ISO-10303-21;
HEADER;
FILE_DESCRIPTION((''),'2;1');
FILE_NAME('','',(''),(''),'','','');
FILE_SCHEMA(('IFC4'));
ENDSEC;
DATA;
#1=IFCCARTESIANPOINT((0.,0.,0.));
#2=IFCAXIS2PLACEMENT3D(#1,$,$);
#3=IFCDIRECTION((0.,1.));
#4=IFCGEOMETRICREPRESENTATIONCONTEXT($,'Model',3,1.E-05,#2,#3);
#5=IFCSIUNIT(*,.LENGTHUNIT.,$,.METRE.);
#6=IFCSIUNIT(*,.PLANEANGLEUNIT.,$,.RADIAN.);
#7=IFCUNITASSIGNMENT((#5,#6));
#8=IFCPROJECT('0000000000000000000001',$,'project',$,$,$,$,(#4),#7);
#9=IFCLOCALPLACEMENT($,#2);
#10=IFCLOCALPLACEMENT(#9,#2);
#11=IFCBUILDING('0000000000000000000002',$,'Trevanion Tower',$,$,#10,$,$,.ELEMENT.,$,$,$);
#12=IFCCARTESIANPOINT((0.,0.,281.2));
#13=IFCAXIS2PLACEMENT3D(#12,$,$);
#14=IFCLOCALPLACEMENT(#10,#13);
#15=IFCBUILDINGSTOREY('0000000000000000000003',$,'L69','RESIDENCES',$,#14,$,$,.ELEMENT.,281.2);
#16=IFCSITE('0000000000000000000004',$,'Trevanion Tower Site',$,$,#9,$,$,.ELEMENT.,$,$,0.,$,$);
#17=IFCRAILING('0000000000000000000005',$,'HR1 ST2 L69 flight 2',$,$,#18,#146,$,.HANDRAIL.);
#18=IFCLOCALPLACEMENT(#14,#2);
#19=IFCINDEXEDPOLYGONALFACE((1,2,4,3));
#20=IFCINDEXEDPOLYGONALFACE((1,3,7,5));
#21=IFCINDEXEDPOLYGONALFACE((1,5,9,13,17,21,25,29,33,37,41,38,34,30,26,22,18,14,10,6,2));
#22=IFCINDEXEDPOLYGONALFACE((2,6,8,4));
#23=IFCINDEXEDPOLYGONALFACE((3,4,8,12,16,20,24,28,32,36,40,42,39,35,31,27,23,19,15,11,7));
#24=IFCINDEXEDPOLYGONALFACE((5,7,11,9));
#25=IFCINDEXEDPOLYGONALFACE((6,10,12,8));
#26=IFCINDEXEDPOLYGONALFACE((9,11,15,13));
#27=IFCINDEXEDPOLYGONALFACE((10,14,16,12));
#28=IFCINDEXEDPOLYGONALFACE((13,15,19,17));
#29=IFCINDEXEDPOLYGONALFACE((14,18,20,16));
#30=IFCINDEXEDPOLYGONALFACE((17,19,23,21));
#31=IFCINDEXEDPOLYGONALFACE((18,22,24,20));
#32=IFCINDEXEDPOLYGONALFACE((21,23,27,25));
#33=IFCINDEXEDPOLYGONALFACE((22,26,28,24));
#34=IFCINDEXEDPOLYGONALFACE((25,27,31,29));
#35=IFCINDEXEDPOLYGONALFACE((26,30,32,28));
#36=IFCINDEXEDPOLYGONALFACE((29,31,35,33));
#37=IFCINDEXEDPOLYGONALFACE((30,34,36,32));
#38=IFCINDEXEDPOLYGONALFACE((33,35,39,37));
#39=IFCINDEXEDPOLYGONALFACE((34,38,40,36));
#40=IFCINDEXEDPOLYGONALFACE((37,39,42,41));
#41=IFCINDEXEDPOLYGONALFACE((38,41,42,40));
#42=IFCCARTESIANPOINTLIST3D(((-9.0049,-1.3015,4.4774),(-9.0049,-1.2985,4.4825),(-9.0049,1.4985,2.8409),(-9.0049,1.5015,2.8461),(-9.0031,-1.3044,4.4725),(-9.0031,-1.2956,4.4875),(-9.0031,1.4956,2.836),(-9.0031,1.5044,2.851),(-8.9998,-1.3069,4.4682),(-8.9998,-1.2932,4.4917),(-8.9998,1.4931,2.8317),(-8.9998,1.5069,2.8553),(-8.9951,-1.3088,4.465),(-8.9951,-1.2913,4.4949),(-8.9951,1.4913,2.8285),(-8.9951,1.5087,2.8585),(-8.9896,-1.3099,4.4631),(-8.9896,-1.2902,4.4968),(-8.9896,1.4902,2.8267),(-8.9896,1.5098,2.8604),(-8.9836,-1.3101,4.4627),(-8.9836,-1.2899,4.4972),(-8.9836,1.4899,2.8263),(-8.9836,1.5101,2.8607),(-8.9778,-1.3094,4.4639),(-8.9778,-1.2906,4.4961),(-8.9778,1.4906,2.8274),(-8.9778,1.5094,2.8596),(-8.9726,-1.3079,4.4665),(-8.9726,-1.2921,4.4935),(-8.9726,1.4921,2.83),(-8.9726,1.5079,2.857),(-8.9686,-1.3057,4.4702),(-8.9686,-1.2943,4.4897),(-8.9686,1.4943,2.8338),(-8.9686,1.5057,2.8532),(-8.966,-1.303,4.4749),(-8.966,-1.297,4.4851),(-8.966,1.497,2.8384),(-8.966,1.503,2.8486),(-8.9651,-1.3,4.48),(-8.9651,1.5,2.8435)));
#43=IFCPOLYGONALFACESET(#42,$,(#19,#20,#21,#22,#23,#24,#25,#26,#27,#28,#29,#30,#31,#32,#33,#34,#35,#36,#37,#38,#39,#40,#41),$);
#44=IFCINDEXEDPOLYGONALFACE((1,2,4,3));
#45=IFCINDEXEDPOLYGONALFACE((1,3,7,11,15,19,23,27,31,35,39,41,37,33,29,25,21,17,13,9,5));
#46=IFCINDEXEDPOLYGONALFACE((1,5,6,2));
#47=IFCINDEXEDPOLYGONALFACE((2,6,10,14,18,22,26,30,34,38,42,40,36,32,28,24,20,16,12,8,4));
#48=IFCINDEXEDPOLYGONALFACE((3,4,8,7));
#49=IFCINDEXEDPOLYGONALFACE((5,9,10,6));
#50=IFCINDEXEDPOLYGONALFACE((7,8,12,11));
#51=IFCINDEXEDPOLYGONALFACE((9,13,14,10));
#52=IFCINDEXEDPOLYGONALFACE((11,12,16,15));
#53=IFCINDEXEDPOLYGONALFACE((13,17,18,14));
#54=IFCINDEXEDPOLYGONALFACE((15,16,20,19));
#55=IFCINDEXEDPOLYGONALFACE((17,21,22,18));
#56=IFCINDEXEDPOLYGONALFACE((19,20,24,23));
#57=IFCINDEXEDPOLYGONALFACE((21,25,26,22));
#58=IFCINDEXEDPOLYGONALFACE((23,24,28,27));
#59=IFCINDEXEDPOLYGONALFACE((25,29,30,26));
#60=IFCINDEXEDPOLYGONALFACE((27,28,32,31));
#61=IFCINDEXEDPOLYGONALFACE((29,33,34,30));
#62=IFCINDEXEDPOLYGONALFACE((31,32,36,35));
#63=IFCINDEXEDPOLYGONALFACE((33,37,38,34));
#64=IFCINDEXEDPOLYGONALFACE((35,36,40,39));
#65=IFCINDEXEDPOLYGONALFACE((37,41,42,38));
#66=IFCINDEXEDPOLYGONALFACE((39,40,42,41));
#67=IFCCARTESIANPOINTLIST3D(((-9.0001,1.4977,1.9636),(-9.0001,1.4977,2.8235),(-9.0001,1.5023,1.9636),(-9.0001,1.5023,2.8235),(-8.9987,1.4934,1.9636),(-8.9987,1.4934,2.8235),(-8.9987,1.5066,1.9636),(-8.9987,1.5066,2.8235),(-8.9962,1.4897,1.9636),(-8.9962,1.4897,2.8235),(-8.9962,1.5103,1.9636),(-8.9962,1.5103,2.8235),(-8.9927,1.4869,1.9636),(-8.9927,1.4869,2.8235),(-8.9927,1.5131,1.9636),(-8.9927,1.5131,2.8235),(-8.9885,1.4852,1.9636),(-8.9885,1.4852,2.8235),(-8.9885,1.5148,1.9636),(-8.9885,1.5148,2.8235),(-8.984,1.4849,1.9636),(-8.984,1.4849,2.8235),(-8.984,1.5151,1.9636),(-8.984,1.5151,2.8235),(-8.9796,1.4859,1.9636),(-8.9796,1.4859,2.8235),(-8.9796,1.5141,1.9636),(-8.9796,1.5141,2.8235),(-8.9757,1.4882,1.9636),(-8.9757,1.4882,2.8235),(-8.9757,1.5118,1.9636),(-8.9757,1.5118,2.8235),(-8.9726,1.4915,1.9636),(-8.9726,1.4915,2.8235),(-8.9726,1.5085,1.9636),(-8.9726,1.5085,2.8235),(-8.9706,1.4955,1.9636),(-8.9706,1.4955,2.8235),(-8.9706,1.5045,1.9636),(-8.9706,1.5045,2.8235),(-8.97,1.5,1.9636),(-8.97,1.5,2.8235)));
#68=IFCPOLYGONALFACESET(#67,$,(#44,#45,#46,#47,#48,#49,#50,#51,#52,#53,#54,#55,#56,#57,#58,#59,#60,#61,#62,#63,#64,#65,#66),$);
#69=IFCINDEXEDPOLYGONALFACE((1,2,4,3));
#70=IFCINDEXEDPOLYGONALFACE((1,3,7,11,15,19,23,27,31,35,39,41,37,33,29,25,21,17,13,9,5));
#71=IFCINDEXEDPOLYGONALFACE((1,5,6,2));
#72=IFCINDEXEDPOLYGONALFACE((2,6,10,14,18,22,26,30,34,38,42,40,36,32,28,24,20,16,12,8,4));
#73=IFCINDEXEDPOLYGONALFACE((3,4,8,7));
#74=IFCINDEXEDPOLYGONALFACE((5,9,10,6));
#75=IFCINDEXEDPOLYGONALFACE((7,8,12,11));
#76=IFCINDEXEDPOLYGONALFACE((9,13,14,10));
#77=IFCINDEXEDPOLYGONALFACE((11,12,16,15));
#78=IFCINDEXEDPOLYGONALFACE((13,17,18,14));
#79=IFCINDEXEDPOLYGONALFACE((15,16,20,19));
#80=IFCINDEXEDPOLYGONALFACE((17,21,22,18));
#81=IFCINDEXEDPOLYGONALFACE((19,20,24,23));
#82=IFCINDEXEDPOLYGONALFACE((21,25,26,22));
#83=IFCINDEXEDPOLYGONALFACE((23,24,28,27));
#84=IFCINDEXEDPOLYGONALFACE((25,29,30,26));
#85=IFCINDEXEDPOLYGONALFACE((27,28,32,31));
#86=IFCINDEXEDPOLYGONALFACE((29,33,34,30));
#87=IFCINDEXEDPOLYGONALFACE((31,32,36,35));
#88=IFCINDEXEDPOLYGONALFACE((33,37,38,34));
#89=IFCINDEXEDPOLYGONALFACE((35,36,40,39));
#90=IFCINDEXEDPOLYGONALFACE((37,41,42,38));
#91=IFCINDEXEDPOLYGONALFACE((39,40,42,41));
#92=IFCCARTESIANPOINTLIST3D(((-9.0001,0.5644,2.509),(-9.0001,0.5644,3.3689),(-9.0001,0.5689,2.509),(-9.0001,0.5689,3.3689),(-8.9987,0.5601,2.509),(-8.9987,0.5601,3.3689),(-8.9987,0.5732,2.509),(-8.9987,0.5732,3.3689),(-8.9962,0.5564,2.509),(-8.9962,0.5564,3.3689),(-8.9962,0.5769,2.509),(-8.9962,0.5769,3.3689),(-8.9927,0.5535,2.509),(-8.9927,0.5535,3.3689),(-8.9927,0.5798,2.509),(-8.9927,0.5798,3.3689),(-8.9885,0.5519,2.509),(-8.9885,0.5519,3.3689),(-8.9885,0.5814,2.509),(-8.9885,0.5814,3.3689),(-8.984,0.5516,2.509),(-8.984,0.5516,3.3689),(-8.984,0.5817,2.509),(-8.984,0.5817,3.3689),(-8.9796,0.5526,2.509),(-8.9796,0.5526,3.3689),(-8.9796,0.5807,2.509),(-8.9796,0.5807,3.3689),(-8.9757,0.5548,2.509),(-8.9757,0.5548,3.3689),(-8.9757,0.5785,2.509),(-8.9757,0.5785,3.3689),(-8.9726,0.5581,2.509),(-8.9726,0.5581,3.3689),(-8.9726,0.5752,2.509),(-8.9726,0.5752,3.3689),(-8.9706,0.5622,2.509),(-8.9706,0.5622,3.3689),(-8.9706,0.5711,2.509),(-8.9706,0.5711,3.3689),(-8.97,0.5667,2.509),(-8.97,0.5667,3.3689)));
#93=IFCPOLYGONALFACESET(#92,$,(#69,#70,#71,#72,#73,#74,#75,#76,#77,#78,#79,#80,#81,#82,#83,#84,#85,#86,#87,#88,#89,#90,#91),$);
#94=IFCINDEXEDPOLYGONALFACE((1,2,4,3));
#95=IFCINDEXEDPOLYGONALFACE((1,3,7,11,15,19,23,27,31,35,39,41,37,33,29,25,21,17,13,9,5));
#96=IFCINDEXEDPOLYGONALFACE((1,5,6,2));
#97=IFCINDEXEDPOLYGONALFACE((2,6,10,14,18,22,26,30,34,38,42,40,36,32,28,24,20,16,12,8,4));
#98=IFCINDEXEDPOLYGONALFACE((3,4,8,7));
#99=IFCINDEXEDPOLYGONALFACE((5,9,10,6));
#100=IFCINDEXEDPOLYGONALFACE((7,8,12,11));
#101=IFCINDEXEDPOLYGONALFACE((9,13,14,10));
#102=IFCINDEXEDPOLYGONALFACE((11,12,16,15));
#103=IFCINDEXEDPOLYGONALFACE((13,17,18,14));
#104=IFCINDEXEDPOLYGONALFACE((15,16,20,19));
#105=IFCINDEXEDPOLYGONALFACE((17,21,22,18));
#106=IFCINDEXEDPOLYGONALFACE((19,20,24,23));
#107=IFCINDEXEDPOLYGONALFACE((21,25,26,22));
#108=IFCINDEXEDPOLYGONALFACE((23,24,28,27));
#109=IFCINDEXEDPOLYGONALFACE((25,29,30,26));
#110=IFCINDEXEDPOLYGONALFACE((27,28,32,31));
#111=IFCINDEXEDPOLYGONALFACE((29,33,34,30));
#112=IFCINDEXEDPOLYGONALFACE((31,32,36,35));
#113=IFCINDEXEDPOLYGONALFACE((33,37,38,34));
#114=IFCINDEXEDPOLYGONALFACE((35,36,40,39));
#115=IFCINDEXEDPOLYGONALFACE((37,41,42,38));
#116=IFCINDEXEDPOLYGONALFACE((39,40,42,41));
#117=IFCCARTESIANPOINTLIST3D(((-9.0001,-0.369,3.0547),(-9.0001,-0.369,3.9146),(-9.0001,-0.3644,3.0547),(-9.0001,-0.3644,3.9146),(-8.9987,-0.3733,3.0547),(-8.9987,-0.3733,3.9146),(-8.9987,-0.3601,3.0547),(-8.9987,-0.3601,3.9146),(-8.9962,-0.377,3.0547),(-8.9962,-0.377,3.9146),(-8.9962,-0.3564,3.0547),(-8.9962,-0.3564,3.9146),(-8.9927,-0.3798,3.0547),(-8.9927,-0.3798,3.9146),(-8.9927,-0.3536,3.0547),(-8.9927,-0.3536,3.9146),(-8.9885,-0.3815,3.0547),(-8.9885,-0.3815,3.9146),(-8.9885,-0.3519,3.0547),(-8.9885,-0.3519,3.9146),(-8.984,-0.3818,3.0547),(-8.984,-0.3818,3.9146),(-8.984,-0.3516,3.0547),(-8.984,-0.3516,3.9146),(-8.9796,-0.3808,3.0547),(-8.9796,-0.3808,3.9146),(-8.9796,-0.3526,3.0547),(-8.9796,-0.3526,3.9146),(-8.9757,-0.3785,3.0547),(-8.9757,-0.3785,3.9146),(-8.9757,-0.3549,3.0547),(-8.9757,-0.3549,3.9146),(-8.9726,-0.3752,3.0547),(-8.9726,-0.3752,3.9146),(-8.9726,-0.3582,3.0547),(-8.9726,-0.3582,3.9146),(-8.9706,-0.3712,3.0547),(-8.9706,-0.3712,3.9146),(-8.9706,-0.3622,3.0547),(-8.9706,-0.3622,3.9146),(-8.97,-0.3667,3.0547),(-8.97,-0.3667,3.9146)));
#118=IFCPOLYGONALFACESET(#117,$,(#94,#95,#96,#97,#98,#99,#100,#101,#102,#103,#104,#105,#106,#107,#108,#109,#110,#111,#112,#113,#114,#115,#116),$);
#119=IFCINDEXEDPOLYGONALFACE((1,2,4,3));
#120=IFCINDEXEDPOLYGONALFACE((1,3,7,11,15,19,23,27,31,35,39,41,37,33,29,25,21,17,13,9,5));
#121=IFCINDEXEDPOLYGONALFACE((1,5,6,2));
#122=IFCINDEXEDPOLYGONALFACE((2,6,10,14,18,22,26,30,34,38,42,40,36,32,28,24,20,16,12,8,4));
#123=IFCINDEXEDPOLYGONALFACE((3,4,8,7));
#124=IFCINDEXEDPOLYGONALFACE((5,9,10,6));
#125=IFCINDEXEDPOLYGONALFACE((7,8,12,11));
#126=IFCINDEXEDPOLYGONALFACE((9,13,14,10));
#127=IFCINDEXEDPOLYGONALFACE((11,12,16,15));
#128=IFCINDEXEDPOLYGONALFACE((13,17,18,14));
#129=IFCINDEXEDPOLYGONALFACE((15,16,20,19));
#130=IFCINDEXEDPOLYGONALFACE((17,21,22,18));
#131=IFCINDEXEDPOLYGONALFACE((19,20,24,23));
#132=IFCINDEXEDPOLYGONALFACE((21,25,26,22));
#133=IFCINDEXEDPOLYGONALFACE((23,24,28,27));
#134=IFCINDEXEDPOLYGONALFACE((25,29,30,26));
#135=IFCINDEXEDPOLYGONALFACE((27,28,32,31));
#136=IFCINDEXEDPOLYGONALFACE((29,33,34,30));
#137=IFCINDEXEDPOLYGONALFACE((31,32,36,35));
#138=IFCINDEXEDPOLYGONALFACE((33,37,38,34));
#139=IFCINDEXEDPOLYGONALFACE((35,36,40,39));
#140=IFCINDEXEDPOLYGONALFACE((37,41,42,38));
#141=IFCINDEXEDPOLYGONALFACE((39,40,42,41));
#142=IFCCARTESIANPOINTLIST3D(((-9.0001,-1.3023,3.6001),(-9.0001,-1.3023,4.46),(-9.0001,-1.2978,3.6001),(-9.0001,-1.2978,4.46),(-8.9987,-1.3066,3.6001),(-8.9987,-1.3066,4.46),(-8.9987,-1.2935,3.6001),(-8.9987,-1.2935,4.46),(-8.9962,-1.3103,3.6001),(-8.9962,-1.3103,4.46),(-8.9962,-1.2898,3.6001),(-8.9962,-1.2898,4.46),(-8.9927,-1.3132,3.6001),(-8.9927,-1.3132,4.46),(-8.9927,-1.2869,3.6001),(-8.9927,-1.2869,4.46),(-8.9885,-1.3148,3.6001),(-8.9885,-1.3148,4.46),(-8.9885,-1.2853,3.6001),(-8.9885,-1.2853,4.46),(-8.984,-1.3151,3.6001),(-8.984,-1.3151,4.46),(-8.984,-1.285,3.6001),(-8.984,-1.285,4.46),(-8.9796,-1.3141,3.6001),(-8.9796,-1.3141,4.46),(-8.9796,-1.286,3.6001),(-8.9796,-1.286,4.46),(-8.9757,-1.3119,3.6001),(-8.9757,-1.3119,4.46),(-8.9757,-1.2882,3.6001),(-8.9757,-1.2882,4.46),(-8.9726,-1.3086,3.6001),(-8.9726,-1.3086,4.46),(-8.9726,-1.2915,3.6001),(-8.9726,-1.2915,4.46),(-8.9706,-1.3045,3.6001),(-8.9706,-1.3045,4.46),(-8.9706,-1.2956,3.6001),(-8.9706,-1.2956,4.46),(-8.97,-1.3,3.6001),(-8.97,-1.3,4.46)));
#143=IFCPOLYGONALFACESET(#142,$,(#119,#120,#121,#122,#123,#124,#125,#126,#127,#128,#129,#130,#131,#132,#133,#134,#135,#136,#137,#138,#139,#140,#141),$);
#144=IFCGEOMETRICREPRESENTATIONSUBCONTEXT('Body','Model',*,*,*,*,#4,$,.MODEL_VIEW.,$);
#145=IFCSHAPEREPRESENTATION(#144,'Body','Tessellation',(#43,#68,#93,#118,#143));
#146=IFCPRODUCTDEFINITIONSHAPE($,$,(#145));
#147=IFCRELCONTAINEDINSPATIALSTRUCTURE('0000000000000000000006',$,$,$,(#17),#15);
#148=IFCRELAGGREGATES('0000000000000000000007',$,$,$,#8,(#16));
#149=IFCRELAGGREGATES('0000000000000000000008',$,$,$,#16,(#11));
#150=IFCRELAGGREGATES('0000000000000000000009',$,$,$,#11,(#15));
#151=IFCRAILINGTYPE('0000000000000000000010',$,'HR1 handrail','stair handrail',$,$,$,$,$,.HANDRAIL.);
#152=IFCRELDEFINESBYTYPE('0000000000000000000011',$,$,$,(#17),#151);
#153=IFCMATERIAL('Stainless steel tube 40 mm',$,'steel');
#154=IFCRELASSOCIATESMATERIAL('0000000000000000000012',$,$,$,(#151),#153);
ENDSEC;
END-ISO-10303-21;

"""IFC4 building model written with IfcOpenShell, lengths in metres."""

from ifc_helpers import new_model, si_unit, direction, frame, origin, origin_2d, place, context, subcontext, project, spatial, circle, extrude, material, type_object, element, save


model = new_model("IFC4")

# Units and contexts
model_context = context("Model", 3, precision=1e-05, world=origin(), true_north=direction((0.0, 1.0)))
body_context = subcontext(model_context, "Body", "Model", "MODEL_VIEW")
ifc_project = project(units=[si_unit("LENGTHUNIT", "METRE"), si_unit("PLANEANGLEUNIT", "RADIAN")], contexts=[model_context])

# Site, building, storey
site_placement = place(None, origin())
site = spatial("IfcSite", under=ifc_project, at=site_placement, Name="Trevanion Tower Site", CompositionType="ELEMENT", RefElevation=0.0)
building_placement = place(site_placement, origin())
building = spatial("IfcBuilding", under=site, at=building_placement, Name="Trevanion Tower", CompositionType="ELEMENT")
storey_placement = place(building_placement, frame((0.0, 0.0, 281.2)))
storey = spatial("IfcBuildingStorey", under=building, at=storey_placement, Name="L69", Description="RESIDENCES", CompositionType="ELEMENT", Elevation=281.2)

# Railing
ifc_material_1 = material(Name="Stainless steel tube 40 mm", Category="steel")
railing_type = type_object("IfcRailingType", Name="HR1 handrail", Description="stair handrail", PredefinedType="HANDRAIL", material=ifc_material_1)
for number, where, name in (
    (1, (-8.9851, 1.5, 1.9636), "HR1 ST2 L69 flight 2"),
):
    element("IfcRailing", number, at=place(storey_placement, frame(where)), inside=storey, type_object=railing_type, Name=name, PredefinedType="HANDRAIL", context=body_context, shape_type="SweptSolid", body=[
        extrude(circle(Radius=0.02, at=origin_2d()), frame((0.0, 0.0, 0.8799), z_axis=(0.0, -0.863361, 0.504587), x_axis=(1.0, 0.0, 0.0)), (0.0, 0.0, 1.0), 3.2432),
        extrude(circle(Radius=0.0151, at=origin_2d()), origin(), (0.0, 0.0, 1.0), 0.8599),
        extrude(circle(Radius=0.0151, at=origin_2d()), frame((0.0, -0.9333, 0.5454)), (0.0, 0.0, 1.0), 0.8599),
        extrude(circle(Radius=0.0151, at=origin_2d()), frame((0.0, -1.8667, 1.0911)), (0.0, 0.0, 1.0), 0.8599),
        extrude(circle(Radius=0.0151, at=origin_2d()), frame((0.0, -2.8, 1.6365)), (0.0, 0.0, 1.0), 0.8599),
    ])

save(model, "model.ifc")
